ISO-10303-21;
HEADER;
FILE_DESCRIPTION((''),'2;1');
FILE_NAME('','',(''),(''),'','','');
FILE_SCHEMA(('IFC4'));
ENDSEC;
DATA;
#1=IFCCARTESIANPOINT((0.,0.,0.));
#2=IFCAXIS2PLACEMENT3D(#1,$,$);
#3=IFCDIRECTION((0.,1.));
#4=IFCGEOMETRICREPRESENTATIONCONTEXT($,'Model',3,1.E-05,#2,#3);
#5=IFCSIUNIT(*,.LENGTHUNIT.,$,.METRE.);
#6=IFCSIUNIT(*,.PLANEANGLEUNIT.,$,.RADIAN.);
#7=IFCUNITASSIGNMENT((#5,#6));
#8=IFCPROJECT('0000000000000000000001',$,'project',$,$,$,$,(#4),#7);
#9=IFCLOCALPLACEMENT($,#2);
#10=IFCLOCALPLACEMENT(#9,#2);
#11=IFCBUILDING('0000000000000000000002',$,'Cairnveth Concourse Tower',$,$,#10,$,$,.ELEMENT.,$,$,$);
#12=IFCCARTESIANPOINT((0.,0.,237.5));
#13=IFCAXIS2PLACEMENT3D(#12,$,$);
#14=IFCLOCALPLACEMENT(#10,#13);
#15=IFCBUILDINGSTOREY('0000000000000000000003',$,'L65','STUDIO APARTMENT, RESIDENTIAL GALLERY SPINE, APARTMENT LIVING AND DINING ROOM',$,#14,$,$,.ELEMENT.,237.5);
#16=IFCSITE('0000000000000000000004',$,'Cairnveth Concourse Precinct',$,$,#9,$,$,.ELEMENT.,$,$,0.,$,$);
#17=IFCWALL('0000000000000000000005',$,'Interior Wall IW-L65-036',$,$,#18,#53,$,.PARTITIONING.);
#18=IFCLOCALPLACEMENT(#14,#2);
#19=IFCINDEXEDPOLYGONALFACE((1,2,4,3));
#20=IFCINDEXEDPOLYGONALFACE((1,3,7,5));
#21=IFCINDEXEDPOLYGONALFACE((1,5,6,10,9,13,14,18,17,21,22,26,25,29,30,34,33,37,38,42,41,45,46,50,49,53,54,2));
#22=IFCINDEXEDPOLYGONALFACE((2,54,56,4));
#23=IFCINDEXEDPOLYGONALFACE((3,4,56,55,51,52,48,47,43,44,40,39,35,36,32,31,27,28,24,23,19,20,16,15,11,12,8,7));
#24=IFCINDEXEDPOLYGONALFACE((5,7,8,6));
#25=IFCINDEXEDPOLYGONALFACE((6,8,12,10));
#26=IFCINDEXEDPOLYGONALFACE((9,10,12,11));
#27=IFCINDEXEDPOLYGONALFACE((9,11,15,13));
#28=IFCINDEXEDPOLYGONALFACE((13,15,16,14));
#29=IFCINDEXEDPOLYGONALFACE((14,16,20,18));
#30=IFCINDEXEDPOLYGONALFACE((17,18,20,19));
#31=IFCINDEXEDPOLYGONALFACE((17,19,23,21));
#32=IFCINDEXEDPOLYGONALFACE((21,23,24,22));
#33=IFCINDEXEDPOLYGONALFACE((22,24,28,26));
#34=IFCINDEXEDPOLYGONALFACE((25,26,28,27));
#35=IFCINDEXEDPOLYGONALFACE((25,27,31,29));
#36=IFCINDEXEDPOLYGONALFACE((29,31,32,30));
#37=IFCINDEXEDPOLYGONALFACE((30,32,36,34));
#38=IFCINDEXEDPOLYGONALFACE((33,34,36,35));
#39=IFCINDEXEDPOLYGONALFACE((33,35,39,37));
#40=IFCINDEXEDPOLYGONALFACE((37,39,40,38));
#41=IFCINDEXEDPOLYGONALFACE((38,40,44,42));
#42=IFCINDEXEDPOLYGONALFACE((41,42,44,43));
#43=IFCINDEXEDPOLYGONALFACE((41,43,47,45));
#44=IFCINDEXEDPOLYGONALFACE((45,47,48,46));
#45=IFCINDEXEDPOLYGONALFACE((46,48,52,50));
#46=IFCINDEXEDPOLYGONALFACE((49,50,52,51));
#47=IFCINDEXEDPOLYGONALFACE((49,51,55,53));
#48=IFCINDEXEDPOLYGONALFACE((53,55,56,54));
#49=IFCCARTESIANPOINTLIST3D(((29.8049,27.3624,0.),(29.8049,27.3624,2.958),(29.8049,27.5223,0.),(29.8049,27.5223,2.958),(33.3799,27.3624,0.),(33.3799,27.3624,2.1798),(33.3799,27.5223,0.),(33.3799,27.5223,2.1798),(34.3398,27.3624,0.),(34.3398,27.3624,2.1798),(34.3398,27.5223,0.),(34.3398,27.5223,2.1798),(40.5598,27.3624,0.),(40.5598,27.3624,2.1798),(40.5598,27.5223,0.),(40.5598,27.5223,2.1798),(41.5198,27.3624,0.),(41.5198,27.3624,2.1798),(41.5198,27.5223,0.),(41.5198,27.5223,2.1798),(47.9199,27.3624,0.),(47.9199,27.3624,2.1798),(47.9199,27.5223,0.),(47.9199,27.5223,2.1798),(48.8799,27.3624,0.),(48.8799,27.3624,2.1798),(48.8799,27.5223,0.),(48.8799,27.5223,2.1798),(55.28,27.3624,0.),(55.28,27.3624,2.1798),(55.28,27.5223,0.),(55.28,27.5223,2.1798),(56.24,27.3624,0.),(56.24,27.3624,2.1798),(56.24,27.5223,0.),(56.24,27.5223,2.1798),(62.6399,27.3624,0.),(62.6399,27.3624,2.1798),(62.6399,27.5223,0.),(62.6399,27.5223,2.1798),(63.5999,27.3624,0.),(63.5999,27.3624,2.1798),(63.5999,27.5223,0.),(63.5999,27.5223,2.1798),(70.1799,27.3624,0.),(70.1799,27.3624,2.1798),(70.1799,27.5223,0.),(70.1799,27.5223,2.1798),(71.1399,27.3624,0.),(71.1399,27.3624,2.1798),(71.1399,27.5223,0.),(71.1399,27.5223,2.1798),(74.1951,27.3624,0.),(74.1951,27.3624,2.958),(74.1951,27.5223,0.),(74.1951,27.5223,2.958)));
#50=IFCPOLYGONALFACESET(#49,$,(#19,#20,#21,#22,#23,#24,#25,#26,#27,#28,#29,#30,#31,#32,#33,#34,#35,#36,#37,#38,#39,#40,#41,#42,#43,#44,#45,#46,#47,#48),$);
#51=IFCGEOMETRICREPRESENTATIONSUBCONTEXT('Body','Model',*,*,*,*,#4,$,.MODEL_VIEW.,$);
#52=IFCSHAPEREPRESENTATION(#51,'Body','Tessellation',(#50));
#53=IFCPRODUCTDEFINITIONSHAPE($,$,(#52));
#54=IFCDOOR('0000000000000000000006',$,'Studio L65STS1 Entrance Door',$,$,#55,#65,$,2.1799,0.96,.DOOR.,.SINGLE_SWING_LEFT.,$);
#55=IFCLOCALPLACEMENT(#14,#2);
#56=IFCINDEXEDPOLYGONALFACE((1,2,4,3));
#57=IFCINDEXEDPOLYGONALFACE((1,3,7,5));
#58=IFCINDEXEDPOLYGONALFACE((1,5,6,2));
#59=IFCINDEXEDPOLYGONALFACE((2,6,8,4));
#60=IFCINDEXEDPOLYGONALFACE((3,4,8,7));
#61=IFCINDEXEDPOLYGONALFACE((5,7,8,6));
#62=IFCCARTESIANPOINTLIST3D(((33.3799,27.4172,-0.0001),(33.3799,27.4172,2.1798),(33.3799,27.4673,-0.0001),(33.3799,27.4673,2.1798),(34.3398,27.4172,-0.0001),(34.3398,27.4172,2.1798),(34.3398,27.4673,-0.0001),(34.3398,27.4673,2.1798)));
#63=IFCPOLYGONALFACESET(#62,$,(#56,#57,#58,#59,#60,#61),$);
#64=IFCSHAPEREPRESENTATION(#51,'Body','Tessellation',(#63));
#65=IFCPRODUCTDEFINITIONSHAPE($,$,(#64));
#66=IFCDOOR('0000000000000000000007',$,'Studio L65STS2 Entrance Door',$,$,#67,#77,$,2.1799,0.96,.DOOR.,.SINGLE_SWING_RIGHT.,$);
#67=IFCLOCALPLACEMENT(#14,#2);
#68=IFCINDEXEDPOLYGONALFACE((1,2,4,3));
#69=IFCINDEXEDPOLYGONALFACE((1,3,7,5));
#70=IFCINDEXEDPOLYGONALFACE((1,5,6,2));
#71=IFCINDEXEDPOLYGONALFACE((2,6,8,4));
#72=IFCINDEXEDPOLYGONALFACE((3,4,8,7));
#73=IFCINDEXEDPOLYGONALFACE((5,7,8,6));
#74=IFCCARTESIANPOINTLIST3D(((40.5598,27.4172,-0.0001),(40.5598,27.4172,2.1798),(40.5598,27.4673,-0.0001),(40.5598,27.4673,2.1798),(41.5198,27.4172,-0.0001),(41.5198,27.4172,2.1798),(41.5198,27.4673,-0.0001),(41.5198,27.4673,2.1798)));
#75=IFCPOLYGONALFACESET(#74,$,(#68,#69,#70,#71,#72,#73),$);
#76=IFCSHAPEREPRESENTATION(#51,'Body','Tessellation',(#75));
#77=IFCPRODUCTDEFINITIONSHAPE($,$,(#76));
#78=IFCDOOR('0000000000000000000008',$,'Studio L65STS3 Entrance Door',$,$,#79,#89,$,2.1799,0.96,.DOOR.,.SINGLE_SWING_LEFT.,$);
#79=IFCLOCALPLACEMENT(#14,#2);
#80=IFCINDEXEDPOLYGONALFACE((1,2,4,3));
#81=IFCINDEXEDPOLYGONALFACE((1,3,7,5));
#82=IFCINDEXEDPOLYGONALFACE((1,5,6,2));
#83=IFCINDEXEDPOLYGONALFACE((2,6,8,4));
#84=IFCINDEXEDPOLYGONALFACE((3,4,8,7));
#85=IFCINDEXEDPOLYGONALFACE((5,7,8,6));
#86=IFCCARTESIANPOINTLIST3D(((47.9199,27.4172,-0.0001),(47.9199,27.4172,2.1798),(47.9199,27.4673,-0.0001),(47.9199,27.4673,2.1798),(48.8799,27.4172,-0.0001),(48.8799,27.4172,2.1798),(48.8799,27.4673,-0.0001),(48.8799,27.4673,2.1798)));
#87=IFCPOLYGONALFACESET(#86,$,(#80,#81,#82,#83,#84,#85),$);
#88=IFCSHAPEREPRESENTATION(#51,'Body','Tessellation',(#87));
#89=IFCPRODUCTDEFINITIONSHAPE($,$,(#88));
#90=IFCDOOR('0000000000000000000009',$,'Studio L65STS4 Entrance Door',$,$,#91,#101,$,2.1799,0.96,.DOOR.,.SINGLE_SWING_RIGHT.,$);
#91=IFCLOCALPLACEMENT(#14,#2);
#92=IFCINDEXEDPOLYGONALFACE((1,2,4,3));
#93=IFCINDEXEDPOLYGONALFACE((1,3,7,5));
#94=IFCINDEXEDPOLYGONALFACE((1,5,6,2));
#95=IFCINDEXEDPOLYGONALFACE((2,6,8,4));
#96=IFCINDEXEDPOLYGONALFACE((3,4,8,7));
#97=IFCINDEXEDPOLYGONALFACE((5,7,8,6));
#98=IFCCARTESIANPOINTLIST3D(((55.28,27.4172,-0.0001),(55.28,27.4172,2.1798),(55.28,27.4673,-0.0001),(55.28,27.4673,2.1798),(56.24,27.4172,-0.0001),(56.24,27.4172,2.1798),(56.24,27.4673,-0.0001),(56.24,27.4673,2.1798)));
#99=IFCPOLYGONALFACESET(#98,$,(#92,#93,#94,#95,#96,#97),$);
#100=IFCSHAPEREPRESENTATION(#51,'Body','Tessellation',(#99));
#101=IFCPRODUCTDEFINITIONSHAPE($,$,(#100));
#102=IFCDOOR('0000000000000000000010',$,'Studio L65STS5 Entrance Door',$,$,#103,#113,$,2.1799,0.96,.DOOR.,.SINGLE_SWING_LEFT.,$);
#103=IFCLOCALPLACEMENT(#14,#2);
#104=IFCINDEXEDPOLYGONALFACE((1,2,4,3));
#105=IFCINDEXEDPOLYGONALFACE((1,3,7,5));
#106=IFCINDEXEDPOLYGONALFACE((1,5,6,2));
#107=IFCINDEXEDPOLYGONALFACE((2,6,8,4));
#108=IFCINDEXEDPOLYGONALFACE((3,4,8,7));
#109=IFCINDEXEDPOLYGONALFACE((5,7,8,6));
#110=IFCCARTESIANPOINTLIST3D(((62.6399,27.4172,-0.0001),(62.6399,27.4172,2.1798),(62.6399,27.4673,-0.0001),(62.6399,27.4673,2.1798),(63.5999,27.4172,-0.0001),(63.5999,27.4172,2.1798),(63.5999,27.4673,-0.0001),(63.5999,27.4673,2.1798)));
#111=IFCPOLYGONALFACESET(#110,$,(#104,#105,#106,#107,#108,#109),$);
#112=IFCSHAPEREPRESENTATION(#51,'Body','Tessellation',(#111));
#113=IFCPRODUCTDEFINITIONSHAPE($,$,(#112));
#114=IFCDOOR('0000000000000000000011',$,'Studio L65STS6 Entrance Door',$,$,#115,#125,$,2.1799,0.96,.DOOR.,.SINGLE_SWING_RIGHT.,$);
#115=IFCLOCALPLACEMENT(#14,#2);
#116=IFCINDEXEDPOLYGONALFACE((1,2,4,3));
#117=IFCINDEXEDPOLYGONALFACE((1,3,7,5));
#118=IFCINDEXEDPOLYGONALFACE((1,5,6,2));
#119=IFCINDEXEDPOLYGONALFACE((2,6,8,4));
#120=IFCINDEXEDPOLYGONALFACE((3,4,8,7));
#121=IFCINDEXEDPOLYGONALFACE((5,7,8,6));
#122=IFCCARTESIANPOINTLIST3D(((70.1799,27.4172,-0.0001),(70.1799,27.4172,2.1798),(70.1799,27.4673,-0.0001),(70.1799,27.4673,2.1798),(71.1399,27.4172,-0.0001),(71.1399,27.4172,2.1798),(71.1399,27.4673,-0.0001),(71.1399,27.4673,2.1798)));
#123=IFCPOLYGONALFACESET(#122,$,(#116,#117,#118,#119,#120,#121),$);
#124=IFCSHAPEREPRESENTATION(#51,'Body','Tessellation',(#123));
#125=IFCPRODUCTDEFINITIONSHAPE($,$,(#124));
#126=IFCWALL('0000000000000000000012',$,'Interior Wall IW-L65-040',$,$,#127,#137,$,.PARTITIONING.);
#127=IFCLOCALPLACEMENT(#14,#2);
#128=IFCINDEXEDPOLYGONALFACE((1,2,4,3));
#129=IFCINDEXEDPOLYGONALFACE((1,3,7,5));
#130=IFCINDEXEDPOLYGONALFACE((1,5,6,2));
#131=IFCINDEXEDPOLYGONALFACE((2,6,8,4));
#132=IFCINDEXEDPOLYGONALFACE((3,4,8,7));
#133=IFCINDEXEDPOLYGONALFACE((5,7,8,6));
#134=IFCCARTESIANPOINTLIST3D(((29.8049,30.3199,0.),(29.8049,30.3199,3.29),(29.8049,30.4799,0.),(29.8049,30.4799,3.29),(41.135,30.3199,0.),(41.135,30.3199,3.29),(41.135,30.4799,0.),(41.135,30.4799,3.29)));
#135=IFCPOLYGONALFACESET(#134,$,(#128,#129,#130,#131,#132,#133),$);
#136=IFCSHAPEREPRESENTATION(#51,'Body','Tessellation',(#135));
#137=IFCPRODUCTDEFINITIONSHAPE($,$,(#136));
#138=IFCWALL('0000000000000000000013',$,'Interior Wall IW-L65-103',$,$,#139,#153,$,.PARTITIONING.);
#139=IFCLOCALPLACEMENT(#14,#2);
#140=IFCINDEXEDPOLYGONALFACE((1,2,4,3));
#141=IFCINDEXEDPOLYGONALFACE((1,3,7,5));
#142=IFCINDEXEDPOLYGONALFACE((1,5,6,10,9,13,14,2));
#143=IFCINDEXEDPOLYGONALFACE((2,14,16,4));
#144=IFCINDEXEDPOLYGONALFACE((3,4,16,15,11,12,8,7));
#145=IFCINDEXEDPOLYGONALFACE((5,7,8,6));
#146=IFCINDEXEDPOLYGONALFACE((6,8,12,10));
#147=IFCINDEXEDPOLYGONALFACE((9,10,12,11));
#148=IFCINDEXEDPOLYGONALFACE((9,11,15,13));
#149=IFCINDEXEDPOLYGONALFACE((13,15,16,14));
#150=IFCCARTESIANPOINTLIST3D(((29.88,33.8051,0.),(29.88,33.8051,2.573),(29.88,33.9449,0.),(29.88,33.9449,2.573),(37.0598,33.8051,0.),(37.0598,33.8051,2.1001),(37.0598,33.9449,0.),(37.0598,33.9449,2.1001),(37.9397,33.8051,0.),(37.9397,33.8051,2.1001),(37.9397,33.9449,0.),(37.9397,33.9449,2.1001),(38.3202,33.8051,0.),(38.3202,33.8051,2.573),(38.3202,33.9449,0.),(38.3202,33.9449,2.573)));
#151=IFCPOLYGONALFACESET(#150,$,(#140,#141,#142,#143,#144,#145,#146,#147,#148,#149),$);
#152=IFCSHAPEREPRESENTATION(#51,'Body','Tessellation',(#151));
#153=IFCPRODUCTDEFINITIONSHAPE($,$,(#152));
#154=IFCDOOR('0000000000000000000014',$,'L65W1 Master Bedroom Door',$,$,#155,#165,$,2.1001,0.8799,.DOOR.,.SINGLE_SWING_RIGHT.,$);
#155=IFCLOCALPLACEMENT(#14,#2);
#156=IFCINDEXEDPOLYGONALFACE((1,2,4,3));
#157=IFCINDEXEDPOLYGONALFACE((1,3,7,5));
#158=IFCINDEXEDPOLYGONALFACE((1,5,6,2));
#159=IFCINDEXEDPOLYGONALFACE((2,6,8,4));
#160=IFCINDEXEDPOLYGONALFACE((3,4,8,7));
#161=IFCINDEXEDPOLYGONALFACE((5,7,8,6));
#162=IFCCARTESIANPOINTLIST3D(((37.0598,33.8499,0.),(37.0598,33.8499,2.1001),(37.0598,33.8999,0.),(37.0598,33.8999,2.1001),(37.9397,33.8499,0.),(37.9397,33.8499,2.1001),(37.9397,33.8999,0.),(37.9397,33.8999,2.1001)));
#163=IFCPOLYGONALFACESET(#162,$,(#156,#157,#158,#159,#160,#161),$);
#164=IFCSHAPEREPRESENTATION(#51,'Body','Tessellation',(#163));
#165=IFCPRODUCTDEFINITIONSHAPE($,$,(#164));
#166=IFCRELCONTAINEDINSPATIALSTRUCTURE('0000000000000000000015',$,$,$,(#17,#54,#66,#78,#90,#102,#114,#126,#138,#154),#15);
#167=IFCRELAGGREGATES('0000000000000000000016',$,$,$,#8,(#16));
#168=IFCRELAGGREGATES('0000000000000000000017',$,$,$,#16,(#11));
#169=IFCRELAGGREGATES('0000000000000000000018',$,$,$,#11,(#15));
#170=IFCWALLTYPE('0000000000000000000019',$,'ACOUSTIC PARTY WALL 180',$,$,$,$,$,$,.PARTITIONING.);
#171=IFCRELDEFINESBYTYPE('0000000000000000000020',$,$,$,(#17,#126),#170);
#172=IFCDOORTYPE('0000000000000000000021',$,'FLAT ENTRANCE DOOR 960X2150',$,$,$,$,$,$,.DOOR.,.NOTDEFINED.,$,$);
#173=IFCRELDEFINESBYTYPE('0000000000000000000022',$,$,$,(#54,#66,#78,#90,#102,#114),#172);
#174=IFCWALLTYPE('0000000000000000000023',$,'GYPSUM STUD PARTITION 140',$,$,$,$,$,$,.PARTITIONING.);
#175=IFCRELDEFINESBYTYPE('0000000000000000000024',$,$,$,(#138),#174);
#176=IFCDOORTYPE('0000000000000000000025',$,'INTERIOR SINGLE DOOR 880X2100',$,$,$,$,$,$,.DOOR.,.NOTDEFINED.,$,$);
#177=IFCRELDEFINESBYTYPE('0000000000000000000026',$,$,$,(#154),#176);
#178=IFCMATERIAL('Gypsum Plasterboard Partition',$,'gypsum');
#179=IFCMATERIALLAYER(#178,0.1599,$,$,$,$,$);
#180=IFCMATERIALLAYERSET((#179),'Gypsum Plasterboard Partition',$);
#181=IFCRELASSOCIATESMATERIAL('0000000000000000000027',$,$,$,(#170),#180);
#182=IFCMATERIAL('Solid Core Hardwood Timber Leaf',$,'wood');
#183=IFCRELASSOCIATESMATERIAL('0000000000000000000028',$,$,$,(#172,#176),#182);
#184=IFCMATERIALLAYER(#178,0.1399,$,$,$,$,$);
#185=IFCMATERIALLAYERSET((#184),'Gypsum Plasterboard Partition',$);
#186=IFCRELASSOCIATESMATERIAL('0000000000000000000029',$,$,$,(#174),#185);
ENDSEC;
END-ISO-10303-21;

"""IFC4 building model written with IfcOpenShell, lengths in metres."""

from ifc_helpers import new_model, si_unit, direction, frame, frame_2d, origin, place, context, subcontext, project, spatial, rectangle, extrude, material, layer, layer_set, type_object, element, fill, save


model = new_model("IFC4")

# Units and contexts
model_context = context("Model", 3, precision=1e-05, world=origin(), true_north=direction((0.0, 1.0)))
body_context = subcontext(model_context, "Body", "Model", "MODEL_VIEW")
ifc_project = project(units=[si_unit("LENGTHUNIT", "METRE"), si_unit("PLANEANGLEUNIT", "RADIAN")], contexts=[model_context])

# Site, building, storey
site_placement = place(None, origin())
site = spatial("IfcSite", under=ifc_project, at=site_placement, Name="Cairnveth Concourse Precinct", CompositionType="ELEMENT", RefElevation=0.0)
building_placement = place(site_placement, origin())
building = spatial("IfcBuilding", under=site, at=building_placement, Name="Cairnveth Concourse Tower", CompositionType="ELEMENT")
storey_placement = place(building_placement, frame((0.0, 0.0, 237.5)))
storey = spatial("IfcBuildingStorey", under=building, at=storey_placement, Name="L65", Description="STUDIO APARTMENT, RESIDENTIAL GALLERY SPINE, APARTMENT LIVING AND DINING ROOM", CompositionType="ELEMENT", Elevation=237.5)

# Wall, openings, doors
ifc_material_1 = material(Name="Gypsum Plasterboard Partition", Category="gypsum")
ifc_layer_1 = layer(ifc_material_1, 0.1599)
ifc_layer_set_1 = layer_set([ifc_layer_1], Name="Gypsum Plasterboard Partition")
wall_type_1 = type_object("IfcWallType", Name="ACOUSTIC PARTY WALL 180", PredefinedType="PARTITIONING", material=ifc_layer_set_1)
wall_1_placement = place(storey_placement, frame((29.8049, 27.4424, 0.0), z_axis=(0.0, 0.0, 1.0), x_axis=(1.0, 0.0, 0.0)))
wall_1 = element("IfcWall", 1, at=wall_1_placement, inside=storey, type_object=wall_type_1, Name="Interior Wall IW-L65-036", PredefinedType="PARTITIONING", context=body_context, shape_type="SweptSolid", body=[
    extrude(rectangle(XDim=44.3901, YDim=0.1599, at=frame_2d((22.1951, 0.0))), origin(), (0.0, 0.0, 1.0), 2.958),
])
opening_1_placement = place(wall_1_placement, frame((3.575, 0.0, 0.0)))
opening_1 = element("IfcOpeningElement", 2, at=opening_1_placement, cuts=wall_1, PredefinedType="OPENING", context=body_context, shape_type="SweptSolid", body=[
    extrude(rectangle(XDim=0.96, YDim=2.1799, at=frame_2d((0.48, 1.0898))), frame((0.0, 0.0898, 0.0), z_axis=(0.0, -1.0, 0.0), x_axis=(1.0, 0.0, 0.0)), (0.0, 0.0, 1.0), 0.1799),
])
opening_2_placement = place(wall_1_placement, frame((10.7549, 0.0, 0.0)))
opening_2 = element("IfcOpeningElement", 3, at=opening_2_placement, cuts=wall_1, PredefinedType="OPENING", context=body_context, shape_type="SweptSolid", body=[
    extrude(rectangle(XDim=0.96, YDim=2.1799, at=frame_2d((0.48, 1.0898))), frame((0.0, 0.0898, 0.0), z_axis=(0.0, -1.0, 0.0), x_axis=(1.0, 0.0, 0.0)), (0.0, 0.0, 1.0), 0.1799),
])
opening_3_placement = place(wall_1_placement, frame((18.115, 0.0, 0.0)))
opening_3 = element("IfcOpeningElement", 4, at=opening_3_placement, cuts=wall_1, PredefinedType="OPENING", context=body_context, shape_type="SweptSolid", body=[
    extrude(rectangle(XDim=0.96, YDim=2.1799, at=frame_2d((0.48, 1.0898))), frame((0.0, 0.0898, 0.0), z_axis=(0.0, -1.0, 0.0), x_axis=(1.0, 0.0, 0.0)), (0.0, 0.0, 1.0), 0.1799),
])
opening_4_placement = place(wall_1_placement, frame((25.4751, 0.0, 0.0)))
opening_4 = element("IfcOpeningElement", 5, at=opening_4_placement, cuts=wall_1, PredefinedType="OPENING", context=body_context, shape_type="SweptSolid", body=[
    extrude(rectangle(XDim=0.96, YDim=2.1799, at=frame_2d((0.48, 1.0898))), frame((0.0, 0.0898, 0.0), z_axis=(0.0, -1.0, 0.0), x_axis=(1.0, 0.0, 0.0)), (0.0, 0.0, 1.0), 0.1799),
])
opening_5_placement = place(wall_1_placement, frame((32.835, 0.0, 0.0)))
opening_5 = element("IfcOpeningElement", 6, at=opening_5_placement, cuts=wall_1, PredefinedType="OPENING", context=body_context, shape_type="SweptSolid", body=[
    extrude(rectangle(XDim=0.96, YDim=2.1799, at=frame_2d((0.48, 1.0898))), frame((0.0, 0.0898, 0.0), z_axis=(0.0, -1.0, 0.0), x_axis=(1.0, 0.0, 0.0)), (0.0, 0.0, 1.0), 0.1799),
])
opening_6_placement = place(wall_1_placement, frame((40.375, 0.0, 0.0)))
opening_6 = element("IfcOpeningElement", 7, at=opening_6_placement, cuts=wall_1, PredefinedType="OPENING", context=body_context, shape_type="SweptSolid", body=[
    extrude(rectangle(XDim=0.96, YDim=2.1799, at=frame_2d((0.48, 1.0898))), frame((0.0, 0.0898, 0.0), z_axis=(0.0, -1.0, 0.0), x_axis=(1.0, 0.0, 0.0)), (0.0, 0.0, 1.0), 0.1799),
])
ifc_material_2 = material(Name="Solid Core Hardwood Timber Leaf", Category="wood")
door_type_1 = type_object("IfcDoorType", Name="FLAT ENTRANCE DOOR 960X2150", OperationType="NOTDEFINED", PredefinedType="DOOR", material=ifc_material_2)
door_1_placement = place(opening_1_placement, origin())
door_1 = element("IfcDoor", 8, at=door_1_placement, inside=storey, type_object=door_type_1, Name="Studio L65STS1 Entrance Door", OperationType="SINGLE_SWING_LEFT", OverallHeight=2.1799, OverallWidth=0.96, PredefinedType="DOOR", context=body_context, shape_type="SweptSolid", body=[
    extrude(rectangle(XDim=0.96, YDim=2.1799, at=frame_2d((0.48, 1.0898))), frame((0.0, 0.0249, 0.0), z_axis=(0.0, -1.0, 0.0), x_axis=(1.0, 0.0, 0.0)), (0.0, 0.0, 1.0), 0.05),
])
fill(opening_1, door_1)
door_2_placement = place(opening_2_placement, origin())
door_2 = element("IfcDoor", 9, at=door_2_placement, inside=storey, type_object=door_type_1, Name="Studio L65STS2 Entrance Door", OperationType="SINGLE_SWING_RIGHT", OverallHeight=2.1799, OverallWidth=0.96, PredefinedType="DOOR", context=body_context, shape_type="SweptSolid", body=[
    extrude(rectangle(XDim=0.96, YDim=2.1799, at=frame_2d((0.48, 1.0898))), frame((0.0, 0.0249, 0.0), z_axis=(0.0, -1.0, 0.0), x_axis=(1.0, 0.0, 0.0)), (0.0, 0.0, 1.0), 0.05),
])
fill(opening_2, door_2)
door_3_placement = place(opening_3_placement, origin())
door_3 = element("IfcDoor", 10, at=door_3_placement, inside=storey, type_object=door_type_1, Name="Studio L65STS3 Entrance Door", OperationType="SINGLE_SWING_LEFT", OverallHeight=2.1799, OverallWidth=0.96, PredefinedType="DOOR", context=body_context, shape_type="SweptSolid", body=[
    extrude(rectangle(XDim=0.96, YDim=2.1799, at=frame_2d((0.48, 1.0898))), frame((0.0, 0.0249, 0.0), z_axis=(0.0, -1.0, 0.0), x_axis=(1.0, 0.0, 0.0)), (0.0, 0.0, 1.0), 0.05),
])
fill(opening_3, door_3)
door_4_placement = place(opening_4_placement, origin())
door_4 = element("IfcDoor", 11, at=door_4_placement, inside=storey, type_object=door_type_1, Name="Studio L65STS4 Entrance Door", OperationType="SINGLE_SWING_RIGHT", OverallHeight=2.1799, OverallWidth=0.96, PredefinedType="DOOR", context=body_context, shape_type="SweptSolid", body=[
    extrude(rectangle(XDim=0.96, YDim=2.1799, at=frame_2d((0.48, 1.0898))), frame((0.0, 0.0249, 0.0), z_axis=(0.0, -1.0, 0.0), x_axis=(1.0, 0.0, 0.0)), (0.0, 0.0, 1.0), 0.05),
])
fill(opening_4, door_4)
door_5_placement = place(opening_5_placement, origin())
door_5 = element("IfcDoor", 12, at=door_5_placement, inside=storey, type_object=door_type_1, Name="Studio L65STS5 Entrance Door", OperationType="SINGLE_SWING_LEFT", OverallHeight=2.1799, OverallWidth=0.96, PredefinedType="DOOR", context=body_context, shape_type="SweptSolid", body=[
    extrude(rectangle(XDim=0.96, YDim=2.1799, at=frame_2d((0.48, 1.0898))), frame((0.0, 0.0249, 0.0), z_axis=(0.0, -1.0, 0.0), x_axis=(1.0, 0.0, 0.0)), (0.0, 0.0, 1.0), 0.05),
])
fill(opening_5, door_5)
door_6_placement = place(opening_6_placement, origin())
door_6 = element("IfcDoor", 13, at=door_6_placement, inside=storey, type_object=door_type_1, Name="Studio L65STS6 Entrance Door", OperationType="SINGLE_SWING_RIGHT", OverallHeight=2.1799, OverallWidth=0.96, PredefinedType="DOOR", context=body_context, shape_type="SweptSolid", body=[
    extrude(rectangle(XDim=0.96, YDim=2.1799, at=frame_2d((0.48, 1.0898))), frame((0.0, 0.0249, 0.0), z_axis=(0.0, -1.0, 0.0), x_axis=(1.0, 0.0, 0.0)), (0.0, 0.0, 1.0), 0.05),
])
fill(opening_6, door_6)

# Wall
wall_2_placement = place(storey_placement, frame((29.8049, 30.3999, 0.0), z_axis=(0.0, 0.0, 1.0), x_axis=(1.0, 0.0, 0.0)))
element("IfcWall", 14, at=wall_2_placement, inside=storey, type_object=wall_type_1, Name="Interior Wall IW-L65-040", PredefinedType="PARTITIONING", context=body_context, shape_type="SweptSolid", body=[
    extrude(rectangle(XDim=11.3301, YDim=0.1599, at=frame_2d((5.665, 0.0))), origin(), (0.0, 0.0, 1.0), 3.29),
])

# Wall, opening, door
ifc_layer_2 = layer(ifc_material_1, 0.1399)
ifc_layer_set_2 = layer_set([ifc_layer_2], Name="Gypsum Plasterboard Partition")
wall_type_2 = type_object("IfcWallType", Name="GYPSUM STUD PARTITION 140", PredefinedType="PARTITIONING", material=ifc_layer_set_2)
wall_3_placement = place(storey_placement, frame((29.8799, 33.875, 0.0), z_axis=(0.0, 0.0, 1.0), x_axis=(1.0, 0.0, 0.0)))
wall_3 = element("IfcWall", 15, at=wall_3_placement, inside=storey, type_object=wall_type_2, Name="Interior Wall IW-L65-103", PredefinedType="PARTITIONING", context=body_context, shape_type="SweptSolid", body=[
    extrude(rectangle(XDim=8.4402, YDim=0.1399, at=frame_2d((4.2202, 0.0))), origin(), (0.0, 0.0, 1.0), 2.573),
])
opening_7_placement = place(wall_3_placement, frame((7.1799, 0.0, 0.0)))
opening_7 = element("IfcOpeningElement", 16, at=opening_7_placement, cuts=wall_3, PredefinedType="OPENING", context=body_context, shape_type="SweptSolid", body=[
    extrude(rectangle(XDim=0.8799, YDim=2.1001, at=frame_2d((0.4399, 1.05))), frame((0.0, 0.0798, 0.0), z_axis=(0.0, -1.0, 0.0), x_axis=(1.0, 0.0, 0.0)), (0.0, 0.0, 1.0), 0.1599),
])
door_type_2 = type_object("IfcDoorType", Name="INTERIOR SINGLE DOOR 880X2100", OperationType="NOTDEFINED", PredefinedType="DOOR", material=ifc_material_2)
door_7_placement = place(opening_7_placement, origin())
door_7 = element("IfcDoor", 17, at=door_7_placement, inside=storey, type_object=door_type_2, Name="L65W1 Master Bedroom Door", OperationType="SINGLE_SWING_RIGHT", OverallHeight=2.1001, OverallWidth=0.8799, PredefinedType="DOOR", context=body_context, shape_type="SweptSolid", body=[
    extrude(rectangle(XDim=0.8799, YDim=2.1001, at=frame_2d((0.4399, 1.05))), frame((0.0, 0.0249, 0.0), z_axis=(0.0, -1.0, 0.0), x_axis=(1.0, 0.0, 0.0)), (0.0, 0.0, 1.0), 0.05),
])
fill(opening_7, door_7)

save(model, "model.ifc")
